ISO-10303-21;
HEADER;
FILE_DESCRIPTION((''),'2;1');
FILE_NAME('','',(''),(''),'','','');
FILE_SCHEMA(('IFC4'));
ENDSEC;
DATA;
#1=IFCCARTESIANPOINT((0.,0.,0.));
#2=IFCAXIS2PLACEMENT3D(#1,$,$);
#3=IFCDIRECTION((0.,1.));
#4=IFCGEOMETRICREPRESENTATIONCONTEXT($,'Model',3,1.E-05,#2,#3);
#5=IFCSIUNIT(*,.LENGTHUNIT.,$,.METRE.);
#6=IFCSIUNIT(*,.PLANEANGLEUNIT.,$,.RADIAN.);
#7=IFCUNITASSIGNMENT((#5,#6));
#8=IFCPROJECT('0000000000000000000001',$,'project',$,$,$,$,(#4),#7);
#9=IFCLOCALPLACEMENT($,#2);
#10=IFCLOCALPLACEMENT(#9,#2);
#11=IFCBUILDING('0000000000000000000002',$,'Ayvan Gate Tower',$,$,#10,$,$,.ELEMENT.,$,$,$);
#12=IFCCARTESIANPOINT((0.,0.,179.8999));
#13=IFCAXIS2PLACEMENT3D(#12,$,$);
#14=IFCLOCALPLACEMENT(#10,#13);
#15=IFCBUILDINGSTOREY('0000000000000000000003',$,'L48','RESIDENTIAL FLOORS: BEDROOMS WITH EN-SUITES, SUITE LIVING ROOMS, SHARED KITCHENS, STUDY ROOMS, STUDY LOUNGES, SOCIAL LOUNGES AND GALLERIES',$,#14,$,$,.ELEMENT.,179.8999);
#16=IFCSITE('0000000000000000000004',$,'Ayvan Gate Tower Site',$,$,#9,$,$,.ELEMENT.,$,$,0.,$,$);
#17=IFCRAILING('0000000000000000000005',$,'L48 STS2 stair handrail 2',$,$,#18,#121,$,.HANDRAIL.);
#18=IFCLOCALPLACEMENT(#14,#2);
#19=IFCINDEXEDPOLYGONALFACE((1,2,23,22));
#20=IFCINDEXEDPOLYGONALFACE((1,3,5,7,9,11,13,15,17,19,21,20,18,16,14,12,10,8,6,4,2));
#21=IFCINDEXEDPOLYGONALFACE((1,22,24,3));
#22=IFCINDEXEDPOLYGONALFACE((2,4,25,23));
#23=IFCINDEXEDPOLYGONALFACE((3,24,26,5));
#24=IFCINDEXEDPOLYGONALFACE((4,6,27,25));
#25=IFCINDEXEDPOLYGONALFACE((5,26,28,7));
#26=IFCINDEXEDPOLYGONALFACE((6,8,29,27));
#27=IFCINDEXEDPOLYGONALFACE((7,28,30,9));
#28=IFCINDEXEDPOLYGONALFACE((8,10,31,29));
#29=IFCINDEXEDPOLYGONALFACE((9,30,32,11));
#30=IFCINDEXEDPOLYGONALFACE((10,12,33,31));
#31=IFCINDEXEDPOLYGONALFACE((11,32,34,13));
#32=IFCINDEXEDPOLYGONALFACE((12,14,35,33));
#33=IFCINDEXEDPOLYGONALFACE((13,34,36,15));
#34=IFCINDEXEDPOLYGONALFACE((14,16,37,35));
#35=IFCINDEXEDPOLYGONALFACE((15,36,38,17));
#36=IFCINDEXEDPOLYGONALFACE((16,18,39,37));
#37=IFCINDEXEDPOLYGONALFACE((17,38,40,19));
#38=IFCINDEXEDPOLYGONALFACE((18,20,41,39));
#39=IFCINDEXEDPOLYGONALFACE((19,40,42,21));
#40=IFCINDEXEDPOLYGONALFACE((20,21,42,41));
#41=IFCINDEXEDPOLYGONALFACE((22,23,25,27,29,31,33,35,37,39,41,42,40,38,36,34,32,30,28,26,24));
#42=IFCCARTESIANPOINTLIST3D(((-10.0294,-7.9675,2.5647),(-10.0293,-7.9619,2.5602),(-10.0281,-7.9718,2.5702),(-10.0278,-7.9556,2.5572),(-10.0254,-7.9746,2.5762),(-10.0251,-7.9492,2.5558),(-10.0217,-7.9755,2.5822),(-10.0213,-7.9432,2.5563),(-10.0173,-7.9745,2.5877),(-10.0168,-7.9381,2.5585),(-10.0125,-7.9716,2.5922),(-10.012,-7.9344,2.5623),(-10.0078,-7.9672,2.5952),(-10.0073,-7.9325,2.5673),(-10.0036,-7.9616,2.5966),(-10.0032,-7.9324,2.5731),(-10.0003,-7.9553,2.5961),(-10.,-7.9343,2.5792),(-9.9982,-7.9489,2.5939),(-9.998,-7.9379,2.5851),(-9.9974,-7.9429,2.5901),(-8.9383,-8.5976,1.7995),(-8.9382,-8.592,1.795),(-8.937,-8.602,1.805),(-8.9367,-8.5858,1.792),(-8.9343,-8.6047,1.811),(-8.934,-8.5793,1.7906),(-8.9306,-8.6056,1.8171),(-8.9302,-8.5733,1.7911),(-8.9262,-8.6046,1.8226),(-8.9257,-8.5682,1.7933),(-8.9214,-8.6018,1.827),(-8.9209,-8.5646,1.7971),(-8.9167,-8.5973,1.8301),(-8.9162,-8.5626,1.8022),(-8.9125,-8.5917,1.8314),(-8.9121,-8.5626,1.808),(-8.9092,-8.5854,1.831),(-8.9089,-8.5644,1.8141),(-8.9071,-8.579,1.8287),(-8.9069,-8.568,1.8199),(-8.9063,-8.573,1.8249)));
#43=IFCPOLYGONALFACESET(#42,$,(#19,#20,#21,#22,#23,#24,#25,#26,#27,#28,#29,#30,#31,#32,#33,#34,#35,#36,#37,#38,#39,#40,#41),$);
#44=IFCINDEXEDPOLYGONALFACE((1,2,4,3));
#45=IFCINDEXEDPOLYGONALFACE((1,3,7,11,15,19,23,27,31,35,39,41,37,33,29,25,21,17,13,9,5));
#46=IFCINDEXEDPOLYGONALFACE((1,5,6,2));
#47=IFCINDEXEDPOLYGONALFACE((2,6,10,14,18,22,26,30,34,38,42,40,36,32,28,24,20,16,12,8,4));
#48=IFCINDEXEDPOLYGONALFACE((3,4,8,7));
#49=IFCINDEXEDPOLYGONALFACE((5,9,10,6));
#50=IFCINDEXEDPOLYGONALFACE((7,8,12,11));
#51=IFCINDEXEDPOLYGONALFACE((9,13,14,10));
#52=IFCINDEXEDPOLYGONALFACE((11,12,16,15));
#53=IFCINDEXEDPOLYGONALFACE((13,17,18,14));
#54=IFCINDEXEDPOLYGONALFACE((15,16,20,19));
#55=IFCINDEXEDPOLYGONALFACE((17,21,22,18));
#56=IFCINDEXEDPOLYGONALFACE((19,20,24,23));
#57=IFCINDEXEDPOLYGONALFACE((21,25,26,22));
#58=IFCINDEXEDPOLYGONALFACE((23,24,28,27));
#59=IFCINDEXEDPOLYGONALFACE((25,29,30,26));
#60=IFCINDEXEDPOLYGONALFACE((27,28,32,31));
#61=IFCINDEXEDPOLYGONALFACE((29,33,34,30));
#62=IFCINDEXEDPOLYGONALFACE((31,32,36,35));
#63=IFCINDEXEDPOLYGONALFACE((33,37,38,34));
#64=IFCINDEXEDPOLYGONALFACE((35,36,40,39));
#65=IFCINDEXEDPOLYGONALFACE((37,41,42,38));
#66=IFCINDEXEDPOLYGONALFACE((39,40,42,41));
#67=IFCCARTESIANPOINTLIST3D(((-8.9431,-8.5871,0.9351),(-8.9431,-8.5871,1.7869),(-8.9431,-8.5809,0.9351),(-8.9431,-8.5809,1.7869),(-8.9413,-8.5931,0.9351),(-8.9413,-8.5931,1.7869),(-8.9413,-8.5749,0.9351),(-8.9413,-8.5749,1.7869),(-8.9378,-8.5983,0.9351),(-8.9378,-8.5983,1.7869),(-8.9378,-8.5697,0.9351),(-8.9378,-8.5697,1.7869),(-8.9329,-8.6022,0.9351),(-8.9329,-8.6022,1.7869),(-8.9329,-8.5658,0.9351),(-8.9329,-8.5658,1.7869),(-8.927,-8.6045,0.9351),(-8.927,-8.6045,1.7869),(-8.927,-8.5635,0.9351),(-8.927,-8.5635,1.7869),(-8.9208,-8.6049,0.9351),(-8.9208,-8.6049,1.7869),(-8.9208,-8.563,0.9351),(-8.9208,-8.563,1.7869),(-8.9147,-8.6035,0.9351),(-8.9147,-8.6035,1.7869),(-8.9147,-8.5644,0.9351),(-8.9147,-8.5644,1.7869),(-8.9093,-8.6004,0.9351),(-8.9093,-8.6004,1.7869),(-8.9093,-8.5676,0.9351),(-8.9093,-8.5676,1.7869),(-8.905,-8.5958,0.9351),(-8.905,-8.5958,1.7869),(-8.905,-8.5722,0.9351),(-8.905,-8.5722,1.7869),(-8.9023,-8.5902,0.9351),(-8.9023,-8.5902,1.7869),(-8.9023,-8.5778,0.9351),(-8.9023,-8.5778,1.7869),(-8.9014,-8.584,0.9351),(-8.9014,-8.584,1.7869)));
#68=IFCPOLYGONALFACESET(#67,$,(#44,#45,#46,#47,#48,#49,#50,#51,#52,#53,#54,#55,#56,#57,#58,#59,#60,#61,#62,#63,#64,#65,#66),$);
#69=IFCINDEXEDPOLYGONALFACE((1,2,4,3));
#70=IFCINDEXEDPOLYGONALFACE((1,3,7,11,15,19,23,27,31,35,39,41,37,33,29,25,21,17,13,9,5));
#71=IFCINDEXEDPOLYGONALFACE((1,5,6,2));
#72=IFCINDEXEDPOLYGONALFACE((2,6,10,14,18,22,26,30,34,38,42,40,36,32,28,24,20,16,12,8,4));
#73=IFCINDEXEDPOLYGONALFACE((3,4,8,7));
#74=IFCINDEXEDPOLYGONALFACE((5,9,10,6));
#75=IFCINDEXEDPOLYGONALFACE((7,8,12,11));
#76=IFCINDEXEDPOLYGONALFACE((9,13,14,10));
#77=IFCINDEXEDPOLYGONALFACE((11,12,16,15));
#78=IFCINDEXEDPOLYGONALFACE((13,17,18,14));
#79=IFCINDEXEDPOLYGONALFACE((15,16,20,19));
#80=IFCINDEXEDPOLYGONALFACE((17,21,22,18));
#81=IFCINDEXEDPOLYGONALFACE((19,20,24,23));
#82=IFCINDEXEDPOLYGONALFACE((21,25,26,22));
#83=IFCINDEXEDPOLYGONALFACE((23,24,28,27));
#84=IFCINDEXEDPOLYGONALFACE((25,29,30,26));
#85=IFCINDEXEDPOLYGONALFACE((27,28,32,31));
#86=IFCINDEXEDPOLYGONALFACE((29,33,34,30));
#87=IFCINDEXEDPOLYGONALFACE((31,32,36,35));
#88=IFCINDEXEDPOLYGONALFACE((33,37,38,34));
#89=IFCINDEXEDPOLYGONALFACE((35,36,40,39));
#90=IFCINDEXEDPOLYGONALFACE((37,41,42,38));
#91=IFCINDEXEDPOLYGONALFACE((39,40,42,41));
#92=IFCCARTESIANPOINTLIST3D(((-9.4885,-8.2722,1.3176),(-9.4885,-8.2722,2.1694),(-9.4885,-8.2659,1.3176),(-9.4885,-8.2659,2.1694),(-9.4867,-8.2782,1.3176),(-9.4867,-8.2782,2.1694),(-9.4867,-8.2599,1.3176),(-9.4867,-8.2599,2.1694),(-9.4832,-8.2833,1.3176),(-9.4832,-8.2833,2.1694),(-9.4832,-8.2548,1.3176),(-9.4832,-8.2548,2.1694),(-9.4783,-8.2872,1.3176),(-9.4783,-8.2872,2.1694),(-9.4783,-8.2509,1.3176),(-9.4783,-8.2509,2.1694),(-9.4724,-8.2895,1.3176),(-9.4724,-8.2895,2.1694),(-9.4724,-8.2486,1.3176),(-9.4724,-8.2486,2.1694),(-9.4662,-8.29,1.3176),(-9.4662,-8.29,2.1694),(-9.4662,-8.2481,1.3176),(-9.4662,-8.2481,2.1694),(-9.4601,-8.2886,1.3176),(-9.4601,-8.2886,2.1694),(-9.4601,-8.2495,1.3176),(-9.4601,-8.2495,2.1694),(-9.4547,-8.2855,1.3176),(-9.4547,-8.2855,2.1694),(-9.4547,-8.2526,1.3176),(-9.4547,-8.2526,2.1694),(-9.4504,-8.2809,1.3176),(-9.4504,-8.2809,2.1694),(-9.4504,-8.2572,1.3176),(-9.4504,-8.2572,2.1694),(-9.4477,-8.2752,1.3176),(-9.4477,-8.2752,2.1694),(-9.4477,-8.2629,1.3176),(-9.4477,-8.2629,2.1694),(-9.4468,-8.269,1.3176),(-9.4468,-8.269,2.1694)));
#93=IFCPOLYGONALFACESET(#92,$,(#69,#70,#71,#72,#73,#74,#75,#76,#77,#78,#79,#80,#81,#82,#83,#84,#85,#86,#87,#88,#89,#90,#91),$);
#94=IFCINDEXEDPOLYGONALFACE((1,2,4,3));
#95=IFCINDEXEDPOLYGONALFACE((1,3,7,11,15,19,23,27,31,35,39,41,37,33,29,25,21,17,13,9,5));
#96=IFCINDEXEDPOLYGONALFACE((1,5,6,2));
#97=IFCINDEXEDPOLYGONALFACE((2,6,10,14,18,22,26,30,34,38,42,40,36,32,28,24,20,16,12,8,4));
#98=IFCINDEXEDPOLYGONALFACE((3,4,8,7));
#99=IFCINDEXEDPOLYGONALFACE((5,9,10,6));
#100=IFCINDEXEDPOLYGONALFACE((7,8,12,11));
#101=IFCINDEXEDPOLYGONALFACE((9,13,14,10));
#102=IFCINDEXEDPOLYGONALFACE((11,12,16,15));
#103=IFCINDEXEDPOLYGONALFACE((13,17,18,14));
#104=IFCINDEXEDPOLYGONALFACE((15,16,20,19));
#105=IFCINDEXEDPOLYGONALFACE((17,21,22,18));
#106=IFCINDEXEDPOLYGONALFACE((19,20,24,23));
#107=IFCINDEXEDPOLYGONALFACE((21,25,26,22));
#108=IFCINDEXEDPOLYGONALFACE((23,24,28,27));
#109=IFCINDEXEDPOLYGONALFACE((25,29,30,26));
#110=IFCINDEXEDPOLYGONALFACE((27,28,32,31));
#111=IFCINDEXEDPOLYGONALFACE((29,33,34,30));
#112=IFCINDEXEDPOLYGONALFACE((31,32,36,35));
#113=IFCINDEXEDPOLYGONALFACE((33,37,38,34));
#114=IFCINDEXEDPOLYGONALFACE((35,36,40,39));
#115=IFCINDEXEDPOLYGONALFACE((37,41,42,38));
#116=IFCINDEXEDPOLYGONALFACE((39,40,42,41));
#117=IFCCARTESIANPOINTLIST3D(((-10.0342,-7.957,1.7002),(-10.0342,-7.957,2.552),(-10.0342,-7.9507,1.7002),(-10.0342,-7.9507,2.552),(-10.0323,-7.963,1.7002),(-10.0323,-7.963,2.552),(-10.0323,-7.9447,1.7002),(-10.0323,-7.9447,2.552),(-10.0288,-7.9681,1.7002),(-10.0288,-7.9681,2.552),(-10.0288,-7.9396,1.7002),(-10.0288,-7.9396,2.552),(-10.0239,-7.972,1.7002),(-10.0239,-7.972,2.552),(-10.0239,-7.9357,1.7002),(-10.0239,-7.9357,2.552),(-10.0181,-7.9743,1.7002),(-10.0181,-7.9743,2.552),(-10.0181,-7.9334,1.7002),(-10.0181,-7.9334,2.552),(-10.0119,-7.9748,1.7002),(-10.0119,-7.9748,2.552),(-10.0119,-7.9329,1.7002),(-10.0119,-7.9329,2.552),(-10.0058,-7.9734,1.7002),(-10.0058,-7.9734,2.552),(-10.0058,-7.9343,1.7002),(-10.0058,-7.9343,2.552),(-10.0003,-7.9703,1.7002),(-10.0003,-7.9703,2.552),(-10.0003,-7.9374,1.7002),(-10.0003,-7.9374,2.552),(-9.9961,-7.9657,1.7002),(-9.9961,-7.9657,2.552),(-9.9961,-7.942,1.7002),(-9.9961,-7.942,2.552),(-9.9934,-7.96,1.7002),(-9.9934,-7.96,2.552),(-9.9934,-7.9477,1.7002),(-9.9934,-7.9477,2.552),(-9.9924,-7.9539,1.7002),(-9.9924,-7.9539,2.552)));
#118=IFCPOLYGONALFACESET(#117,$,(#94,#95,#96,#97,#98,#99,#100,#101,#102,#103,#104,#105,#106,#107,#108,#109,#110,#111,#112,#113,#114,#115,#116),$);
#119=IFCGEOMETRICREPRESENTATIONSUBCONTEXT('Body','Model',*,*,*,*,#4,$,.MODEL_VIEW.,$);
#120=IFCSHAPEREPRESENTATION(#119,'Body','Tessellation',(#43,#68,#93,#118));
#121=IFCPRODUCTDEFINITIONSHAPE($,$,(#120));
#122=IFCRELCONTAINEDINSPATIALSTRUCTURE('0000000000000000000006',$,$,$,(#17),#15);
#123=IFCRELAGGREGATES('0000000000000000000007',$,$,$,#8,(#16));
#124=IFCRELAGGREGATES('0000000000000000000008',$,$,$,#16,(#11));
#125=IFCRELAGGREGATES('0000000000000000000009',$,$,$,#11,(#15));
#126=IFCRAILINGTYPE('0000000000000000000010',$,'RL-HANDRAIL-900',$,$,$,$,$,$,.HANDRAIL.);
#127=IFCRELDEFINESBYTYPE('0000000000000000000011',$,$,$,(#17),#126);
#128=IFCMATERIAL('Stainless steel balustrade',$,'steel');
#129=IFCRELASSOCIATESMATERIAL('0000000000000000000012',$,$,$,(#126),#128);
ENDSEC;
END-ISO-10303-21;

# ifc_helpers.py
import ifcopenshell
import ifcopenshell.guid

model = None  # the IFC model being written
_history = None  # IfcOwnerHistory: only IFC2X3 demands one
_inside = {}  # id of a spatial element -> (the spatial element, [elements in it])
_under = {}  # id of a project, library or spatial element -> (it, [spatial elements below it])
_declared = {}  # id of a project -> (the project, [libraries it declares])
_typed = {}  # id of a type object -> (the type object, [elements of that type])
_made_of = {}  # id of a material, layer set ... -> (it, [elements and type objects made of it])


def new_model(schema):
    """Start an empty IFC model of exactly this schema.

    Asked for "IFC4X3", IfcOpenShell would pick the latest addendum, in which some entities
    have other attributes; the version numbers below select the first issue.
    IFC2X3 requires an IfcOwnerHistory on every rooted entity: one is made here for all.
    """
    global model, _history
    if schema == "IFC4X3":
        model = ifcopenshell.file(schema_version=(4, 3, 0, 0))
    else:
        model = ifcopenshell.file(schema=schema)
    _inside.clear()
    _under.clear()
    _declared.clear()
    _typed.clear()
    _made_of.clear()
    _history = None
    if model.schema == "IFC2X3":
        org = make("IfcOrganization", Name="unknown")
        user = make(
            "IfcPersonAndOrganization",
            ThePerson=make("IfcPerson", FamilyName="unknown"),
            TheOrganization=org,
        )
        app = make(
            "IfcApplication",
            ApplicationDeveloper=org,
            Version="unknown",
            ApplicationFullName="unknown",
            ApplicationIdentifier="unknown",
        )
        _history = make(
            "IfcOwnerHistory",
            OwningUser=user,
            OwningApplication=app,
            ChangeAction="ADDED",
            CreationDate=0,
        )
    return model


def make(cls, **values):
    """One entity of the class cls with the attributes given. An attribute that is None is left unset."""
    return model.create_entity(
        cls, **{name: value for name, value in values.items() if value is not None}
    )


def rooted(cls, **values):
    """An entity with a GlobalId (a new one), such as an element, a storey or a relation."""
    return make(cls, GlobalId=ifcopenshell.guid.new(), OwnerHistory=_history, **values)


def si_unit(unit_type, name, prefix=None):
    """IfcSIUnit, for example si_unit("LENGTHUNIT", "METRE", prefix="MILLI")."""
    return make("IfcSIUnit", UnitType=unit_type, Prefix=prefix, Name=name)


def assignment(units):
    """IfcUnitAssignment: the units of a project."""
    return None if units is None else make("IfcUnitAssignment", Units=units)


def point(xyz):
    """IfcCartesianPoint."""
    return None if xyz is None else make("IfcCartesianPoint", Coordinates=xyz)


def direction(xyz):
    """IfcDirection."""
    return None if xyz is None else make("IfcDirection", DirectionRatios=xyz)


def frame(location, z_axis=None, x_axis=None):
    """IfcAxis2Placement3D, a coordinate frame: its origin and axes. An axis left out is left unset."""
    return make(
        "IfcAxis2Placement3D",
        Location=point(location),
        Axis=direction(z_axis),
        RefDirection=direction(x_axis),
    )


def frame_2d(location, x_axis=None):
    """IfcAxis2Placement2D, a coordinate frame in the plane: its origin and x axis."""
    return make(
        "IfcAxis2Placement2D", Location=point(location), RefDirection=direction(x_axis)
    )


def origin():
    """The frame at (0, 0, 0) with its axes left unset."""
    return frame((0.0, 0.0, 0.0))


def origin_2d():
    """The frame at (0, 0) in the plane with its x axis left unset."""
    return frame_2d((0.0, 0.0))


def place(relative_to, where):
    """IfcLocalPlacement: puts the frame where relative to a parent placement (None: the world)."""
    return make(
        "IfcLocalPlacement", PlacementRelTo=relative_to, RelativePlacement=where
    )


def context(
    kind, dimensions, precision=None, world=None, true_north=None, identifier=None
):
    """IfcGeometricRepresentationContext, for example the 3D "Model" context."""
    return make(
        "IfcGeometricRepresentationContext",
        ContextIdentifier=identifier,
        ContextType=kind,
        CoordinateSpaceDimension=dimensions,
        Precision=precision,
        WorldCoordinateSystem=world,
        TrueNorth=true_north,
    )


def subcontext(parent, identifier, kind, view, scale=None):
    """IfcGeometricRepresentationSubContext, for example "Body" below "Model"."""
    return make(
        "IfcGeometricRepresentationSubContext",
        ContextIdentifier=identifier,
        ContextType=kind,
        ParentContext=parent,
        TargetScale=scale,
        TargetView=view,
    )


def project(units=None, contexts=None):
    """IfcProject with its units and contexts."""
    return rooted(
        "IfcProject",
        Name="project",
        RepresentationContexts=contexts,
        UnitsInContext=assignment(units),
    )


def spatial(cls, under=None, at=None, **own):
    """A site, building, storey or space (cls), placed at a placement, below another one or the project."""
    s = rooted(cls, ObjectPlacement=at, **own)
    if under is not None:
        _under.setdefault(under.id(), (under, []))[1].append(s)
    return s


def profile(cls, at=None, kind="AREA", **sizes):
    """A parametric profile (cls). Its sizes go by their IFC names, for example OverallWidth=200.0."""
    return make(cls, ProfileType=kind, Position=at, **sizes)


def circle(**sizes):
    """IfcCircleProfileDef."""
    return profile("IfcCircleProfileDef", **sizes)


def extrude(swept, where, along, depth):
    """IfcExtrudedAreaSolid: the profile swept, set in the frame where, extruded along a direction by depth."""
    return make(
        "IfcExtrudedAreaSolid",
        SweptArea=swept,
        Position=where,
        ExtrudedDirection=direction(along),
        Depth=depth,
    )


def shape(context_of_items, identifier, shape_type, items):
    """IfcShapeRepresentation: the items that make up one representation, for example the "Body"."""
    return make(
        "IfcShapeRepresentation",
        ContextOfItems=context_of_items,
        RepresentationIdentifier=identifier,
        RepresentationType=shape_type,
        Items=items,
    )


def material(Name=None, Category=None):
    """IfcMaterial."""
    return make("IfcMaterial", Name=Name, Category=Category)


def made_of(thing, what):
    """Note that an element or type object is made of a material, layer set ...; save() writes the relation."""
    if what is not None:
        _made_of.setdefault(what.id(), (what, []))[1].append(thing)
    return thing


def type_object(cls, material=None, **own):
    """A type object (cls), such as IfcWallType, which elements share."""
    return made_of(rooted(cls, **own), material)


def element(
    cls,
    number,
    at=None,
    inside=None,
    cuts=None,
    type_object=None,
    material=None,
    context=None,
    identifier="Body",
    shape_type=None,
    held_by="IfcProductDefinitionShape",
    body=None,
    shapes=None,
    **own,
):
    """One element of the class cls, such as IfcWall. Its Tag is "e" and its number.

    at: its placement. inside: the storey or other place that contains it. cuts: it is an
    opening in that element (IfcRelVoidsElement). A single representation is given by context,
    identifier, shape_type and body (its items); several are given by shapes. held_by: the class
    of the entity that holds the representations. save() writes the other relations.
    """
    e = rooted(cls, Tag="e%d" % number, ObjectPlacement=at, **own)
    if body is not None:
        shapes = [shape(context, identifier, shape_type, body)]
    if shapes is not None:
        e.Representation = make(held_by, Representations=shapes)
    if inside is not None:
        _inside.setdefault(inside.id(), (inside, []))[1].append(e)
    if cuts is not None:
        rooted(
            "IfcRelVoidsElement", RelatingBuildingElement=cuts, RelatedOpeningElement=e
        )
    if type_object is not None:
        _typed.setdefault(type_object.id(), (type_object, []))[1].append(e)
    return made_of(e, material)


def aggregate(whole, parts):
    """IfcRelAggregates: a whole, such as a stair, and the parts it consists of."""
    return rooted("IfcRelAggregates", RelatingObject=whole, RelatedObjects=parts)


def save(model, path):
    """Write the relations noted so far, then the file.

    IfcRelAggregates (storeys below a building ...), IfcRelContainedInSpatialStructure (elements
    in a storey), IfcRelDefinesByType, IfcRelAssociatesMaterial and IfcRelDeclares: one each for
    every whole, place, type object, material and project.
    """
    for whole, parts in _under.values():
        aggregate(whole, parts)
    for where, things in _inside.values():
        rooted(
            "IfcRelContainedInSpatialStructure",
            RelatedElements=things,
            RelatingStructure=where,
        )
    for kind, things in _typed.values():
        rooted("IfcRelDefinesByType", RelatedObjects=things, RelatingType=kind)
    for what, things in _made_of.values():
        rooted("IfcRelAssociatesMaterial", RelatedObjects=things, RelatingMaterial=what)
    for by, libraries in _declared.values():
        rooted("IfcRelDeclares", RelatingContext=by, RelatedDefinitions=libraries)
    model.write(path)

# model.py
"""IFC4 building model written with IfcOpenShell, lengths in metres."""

from ifc_helpers import new_model, si_unit, direction, frame, origin, origin_2d, place, context, subcontext, project, spatial, circle, extrude, material, type_object, element, save


model = new_model("IFC4")

# Units and contexts
model_context = context("Model", 3, precision=1e-05, world=origin(), true_north=direction((0.0, 1.0)))
body_context = subcontext(model_context, "Body", "Model", "MODEL_VIEW")
ifc_project = project(units=[si_unit("LENGTHUNIT", "METRE"), si_unit("PLANEANGLEUNIT", "RADIAN")], contexts=[model_context])

# Site, building, storey
site_placement = place(None, origin())
site = spatial("IfcSite", under=ifc_project, at=site_placement, Name="Ayvan Gate Tower Site", CompositionType="ELEMENT", RefElevation=0.0)
building_placement = place(site_placement, origin())
building = spatial("IfcBuilding", under=site, at=building_placement, Name="Ayvan Gate Tower", CompositionType="ELEMENT")
storey_placement = place(building_placement, frame((0.0, 0.0, 179.8999)))
storey = spatial("IfcBuildingStorey", under=building, at=storey_placement, Name="L48", Description="RESIDENTIAL FLOORS: BEDROOMS WITH EN-SUITES, SUITE LIVING ROOMS, SHARED KITCHENS, STUDY ROOMS, STUDY LOUNGES, SOCIAL LOUNGES AND GALLERIES", CompositionType="ELEMENT", Elevation=179.8999)

# Railing
ifc_material_1 = material(Name="Stainless steel balustrade", Category="steel")
railing_type_1 = type_object("IfcRailingType", Name="RL-HANDRAIL-900", PredefinedType="HANDRAIL", material=ifc_material_1)
railing_1_placement = place(storey_placement, frame((-8.9224, -8.584, 0.9351)))
element("IfcRailing", 1, at=railing_1_placement, inside=storey, type_object=railing_type_1, Name="L48 STS2 stair handrail 2", PredefinedType="HANDRAIL", context=body_context, shape_type="SweptSolid", body=[
    extrude(circle(Radius=0.0239, at=origin_2d()), frame((0.0, 0.0, 0.876), z_axis=(-0.740166, 0.427471, 0.51906), x_axis=(-0.500119, -0.865956, 0.0)), (0.0, 0.0, 1.0), 1.4741),
    extrude(circle(Radius=0.021, at=origin_2d()), origin(), (0.0, 0.0, 1.0), 0.8518),
    extrude(circle(Radius=0.021, at=origin_2d()), frame((-0.5454, 0.3149, 0.3826)), (0.0, 0.0, 1.0), 0.8518),
    extrude(circle(Radius=0.021, at=origin_2d()), frame((-1.0911, 0.6301, 0.7651)), (0.0, 0.0, 1.0), 0.8518),
])

save(model, "model.ifc")
